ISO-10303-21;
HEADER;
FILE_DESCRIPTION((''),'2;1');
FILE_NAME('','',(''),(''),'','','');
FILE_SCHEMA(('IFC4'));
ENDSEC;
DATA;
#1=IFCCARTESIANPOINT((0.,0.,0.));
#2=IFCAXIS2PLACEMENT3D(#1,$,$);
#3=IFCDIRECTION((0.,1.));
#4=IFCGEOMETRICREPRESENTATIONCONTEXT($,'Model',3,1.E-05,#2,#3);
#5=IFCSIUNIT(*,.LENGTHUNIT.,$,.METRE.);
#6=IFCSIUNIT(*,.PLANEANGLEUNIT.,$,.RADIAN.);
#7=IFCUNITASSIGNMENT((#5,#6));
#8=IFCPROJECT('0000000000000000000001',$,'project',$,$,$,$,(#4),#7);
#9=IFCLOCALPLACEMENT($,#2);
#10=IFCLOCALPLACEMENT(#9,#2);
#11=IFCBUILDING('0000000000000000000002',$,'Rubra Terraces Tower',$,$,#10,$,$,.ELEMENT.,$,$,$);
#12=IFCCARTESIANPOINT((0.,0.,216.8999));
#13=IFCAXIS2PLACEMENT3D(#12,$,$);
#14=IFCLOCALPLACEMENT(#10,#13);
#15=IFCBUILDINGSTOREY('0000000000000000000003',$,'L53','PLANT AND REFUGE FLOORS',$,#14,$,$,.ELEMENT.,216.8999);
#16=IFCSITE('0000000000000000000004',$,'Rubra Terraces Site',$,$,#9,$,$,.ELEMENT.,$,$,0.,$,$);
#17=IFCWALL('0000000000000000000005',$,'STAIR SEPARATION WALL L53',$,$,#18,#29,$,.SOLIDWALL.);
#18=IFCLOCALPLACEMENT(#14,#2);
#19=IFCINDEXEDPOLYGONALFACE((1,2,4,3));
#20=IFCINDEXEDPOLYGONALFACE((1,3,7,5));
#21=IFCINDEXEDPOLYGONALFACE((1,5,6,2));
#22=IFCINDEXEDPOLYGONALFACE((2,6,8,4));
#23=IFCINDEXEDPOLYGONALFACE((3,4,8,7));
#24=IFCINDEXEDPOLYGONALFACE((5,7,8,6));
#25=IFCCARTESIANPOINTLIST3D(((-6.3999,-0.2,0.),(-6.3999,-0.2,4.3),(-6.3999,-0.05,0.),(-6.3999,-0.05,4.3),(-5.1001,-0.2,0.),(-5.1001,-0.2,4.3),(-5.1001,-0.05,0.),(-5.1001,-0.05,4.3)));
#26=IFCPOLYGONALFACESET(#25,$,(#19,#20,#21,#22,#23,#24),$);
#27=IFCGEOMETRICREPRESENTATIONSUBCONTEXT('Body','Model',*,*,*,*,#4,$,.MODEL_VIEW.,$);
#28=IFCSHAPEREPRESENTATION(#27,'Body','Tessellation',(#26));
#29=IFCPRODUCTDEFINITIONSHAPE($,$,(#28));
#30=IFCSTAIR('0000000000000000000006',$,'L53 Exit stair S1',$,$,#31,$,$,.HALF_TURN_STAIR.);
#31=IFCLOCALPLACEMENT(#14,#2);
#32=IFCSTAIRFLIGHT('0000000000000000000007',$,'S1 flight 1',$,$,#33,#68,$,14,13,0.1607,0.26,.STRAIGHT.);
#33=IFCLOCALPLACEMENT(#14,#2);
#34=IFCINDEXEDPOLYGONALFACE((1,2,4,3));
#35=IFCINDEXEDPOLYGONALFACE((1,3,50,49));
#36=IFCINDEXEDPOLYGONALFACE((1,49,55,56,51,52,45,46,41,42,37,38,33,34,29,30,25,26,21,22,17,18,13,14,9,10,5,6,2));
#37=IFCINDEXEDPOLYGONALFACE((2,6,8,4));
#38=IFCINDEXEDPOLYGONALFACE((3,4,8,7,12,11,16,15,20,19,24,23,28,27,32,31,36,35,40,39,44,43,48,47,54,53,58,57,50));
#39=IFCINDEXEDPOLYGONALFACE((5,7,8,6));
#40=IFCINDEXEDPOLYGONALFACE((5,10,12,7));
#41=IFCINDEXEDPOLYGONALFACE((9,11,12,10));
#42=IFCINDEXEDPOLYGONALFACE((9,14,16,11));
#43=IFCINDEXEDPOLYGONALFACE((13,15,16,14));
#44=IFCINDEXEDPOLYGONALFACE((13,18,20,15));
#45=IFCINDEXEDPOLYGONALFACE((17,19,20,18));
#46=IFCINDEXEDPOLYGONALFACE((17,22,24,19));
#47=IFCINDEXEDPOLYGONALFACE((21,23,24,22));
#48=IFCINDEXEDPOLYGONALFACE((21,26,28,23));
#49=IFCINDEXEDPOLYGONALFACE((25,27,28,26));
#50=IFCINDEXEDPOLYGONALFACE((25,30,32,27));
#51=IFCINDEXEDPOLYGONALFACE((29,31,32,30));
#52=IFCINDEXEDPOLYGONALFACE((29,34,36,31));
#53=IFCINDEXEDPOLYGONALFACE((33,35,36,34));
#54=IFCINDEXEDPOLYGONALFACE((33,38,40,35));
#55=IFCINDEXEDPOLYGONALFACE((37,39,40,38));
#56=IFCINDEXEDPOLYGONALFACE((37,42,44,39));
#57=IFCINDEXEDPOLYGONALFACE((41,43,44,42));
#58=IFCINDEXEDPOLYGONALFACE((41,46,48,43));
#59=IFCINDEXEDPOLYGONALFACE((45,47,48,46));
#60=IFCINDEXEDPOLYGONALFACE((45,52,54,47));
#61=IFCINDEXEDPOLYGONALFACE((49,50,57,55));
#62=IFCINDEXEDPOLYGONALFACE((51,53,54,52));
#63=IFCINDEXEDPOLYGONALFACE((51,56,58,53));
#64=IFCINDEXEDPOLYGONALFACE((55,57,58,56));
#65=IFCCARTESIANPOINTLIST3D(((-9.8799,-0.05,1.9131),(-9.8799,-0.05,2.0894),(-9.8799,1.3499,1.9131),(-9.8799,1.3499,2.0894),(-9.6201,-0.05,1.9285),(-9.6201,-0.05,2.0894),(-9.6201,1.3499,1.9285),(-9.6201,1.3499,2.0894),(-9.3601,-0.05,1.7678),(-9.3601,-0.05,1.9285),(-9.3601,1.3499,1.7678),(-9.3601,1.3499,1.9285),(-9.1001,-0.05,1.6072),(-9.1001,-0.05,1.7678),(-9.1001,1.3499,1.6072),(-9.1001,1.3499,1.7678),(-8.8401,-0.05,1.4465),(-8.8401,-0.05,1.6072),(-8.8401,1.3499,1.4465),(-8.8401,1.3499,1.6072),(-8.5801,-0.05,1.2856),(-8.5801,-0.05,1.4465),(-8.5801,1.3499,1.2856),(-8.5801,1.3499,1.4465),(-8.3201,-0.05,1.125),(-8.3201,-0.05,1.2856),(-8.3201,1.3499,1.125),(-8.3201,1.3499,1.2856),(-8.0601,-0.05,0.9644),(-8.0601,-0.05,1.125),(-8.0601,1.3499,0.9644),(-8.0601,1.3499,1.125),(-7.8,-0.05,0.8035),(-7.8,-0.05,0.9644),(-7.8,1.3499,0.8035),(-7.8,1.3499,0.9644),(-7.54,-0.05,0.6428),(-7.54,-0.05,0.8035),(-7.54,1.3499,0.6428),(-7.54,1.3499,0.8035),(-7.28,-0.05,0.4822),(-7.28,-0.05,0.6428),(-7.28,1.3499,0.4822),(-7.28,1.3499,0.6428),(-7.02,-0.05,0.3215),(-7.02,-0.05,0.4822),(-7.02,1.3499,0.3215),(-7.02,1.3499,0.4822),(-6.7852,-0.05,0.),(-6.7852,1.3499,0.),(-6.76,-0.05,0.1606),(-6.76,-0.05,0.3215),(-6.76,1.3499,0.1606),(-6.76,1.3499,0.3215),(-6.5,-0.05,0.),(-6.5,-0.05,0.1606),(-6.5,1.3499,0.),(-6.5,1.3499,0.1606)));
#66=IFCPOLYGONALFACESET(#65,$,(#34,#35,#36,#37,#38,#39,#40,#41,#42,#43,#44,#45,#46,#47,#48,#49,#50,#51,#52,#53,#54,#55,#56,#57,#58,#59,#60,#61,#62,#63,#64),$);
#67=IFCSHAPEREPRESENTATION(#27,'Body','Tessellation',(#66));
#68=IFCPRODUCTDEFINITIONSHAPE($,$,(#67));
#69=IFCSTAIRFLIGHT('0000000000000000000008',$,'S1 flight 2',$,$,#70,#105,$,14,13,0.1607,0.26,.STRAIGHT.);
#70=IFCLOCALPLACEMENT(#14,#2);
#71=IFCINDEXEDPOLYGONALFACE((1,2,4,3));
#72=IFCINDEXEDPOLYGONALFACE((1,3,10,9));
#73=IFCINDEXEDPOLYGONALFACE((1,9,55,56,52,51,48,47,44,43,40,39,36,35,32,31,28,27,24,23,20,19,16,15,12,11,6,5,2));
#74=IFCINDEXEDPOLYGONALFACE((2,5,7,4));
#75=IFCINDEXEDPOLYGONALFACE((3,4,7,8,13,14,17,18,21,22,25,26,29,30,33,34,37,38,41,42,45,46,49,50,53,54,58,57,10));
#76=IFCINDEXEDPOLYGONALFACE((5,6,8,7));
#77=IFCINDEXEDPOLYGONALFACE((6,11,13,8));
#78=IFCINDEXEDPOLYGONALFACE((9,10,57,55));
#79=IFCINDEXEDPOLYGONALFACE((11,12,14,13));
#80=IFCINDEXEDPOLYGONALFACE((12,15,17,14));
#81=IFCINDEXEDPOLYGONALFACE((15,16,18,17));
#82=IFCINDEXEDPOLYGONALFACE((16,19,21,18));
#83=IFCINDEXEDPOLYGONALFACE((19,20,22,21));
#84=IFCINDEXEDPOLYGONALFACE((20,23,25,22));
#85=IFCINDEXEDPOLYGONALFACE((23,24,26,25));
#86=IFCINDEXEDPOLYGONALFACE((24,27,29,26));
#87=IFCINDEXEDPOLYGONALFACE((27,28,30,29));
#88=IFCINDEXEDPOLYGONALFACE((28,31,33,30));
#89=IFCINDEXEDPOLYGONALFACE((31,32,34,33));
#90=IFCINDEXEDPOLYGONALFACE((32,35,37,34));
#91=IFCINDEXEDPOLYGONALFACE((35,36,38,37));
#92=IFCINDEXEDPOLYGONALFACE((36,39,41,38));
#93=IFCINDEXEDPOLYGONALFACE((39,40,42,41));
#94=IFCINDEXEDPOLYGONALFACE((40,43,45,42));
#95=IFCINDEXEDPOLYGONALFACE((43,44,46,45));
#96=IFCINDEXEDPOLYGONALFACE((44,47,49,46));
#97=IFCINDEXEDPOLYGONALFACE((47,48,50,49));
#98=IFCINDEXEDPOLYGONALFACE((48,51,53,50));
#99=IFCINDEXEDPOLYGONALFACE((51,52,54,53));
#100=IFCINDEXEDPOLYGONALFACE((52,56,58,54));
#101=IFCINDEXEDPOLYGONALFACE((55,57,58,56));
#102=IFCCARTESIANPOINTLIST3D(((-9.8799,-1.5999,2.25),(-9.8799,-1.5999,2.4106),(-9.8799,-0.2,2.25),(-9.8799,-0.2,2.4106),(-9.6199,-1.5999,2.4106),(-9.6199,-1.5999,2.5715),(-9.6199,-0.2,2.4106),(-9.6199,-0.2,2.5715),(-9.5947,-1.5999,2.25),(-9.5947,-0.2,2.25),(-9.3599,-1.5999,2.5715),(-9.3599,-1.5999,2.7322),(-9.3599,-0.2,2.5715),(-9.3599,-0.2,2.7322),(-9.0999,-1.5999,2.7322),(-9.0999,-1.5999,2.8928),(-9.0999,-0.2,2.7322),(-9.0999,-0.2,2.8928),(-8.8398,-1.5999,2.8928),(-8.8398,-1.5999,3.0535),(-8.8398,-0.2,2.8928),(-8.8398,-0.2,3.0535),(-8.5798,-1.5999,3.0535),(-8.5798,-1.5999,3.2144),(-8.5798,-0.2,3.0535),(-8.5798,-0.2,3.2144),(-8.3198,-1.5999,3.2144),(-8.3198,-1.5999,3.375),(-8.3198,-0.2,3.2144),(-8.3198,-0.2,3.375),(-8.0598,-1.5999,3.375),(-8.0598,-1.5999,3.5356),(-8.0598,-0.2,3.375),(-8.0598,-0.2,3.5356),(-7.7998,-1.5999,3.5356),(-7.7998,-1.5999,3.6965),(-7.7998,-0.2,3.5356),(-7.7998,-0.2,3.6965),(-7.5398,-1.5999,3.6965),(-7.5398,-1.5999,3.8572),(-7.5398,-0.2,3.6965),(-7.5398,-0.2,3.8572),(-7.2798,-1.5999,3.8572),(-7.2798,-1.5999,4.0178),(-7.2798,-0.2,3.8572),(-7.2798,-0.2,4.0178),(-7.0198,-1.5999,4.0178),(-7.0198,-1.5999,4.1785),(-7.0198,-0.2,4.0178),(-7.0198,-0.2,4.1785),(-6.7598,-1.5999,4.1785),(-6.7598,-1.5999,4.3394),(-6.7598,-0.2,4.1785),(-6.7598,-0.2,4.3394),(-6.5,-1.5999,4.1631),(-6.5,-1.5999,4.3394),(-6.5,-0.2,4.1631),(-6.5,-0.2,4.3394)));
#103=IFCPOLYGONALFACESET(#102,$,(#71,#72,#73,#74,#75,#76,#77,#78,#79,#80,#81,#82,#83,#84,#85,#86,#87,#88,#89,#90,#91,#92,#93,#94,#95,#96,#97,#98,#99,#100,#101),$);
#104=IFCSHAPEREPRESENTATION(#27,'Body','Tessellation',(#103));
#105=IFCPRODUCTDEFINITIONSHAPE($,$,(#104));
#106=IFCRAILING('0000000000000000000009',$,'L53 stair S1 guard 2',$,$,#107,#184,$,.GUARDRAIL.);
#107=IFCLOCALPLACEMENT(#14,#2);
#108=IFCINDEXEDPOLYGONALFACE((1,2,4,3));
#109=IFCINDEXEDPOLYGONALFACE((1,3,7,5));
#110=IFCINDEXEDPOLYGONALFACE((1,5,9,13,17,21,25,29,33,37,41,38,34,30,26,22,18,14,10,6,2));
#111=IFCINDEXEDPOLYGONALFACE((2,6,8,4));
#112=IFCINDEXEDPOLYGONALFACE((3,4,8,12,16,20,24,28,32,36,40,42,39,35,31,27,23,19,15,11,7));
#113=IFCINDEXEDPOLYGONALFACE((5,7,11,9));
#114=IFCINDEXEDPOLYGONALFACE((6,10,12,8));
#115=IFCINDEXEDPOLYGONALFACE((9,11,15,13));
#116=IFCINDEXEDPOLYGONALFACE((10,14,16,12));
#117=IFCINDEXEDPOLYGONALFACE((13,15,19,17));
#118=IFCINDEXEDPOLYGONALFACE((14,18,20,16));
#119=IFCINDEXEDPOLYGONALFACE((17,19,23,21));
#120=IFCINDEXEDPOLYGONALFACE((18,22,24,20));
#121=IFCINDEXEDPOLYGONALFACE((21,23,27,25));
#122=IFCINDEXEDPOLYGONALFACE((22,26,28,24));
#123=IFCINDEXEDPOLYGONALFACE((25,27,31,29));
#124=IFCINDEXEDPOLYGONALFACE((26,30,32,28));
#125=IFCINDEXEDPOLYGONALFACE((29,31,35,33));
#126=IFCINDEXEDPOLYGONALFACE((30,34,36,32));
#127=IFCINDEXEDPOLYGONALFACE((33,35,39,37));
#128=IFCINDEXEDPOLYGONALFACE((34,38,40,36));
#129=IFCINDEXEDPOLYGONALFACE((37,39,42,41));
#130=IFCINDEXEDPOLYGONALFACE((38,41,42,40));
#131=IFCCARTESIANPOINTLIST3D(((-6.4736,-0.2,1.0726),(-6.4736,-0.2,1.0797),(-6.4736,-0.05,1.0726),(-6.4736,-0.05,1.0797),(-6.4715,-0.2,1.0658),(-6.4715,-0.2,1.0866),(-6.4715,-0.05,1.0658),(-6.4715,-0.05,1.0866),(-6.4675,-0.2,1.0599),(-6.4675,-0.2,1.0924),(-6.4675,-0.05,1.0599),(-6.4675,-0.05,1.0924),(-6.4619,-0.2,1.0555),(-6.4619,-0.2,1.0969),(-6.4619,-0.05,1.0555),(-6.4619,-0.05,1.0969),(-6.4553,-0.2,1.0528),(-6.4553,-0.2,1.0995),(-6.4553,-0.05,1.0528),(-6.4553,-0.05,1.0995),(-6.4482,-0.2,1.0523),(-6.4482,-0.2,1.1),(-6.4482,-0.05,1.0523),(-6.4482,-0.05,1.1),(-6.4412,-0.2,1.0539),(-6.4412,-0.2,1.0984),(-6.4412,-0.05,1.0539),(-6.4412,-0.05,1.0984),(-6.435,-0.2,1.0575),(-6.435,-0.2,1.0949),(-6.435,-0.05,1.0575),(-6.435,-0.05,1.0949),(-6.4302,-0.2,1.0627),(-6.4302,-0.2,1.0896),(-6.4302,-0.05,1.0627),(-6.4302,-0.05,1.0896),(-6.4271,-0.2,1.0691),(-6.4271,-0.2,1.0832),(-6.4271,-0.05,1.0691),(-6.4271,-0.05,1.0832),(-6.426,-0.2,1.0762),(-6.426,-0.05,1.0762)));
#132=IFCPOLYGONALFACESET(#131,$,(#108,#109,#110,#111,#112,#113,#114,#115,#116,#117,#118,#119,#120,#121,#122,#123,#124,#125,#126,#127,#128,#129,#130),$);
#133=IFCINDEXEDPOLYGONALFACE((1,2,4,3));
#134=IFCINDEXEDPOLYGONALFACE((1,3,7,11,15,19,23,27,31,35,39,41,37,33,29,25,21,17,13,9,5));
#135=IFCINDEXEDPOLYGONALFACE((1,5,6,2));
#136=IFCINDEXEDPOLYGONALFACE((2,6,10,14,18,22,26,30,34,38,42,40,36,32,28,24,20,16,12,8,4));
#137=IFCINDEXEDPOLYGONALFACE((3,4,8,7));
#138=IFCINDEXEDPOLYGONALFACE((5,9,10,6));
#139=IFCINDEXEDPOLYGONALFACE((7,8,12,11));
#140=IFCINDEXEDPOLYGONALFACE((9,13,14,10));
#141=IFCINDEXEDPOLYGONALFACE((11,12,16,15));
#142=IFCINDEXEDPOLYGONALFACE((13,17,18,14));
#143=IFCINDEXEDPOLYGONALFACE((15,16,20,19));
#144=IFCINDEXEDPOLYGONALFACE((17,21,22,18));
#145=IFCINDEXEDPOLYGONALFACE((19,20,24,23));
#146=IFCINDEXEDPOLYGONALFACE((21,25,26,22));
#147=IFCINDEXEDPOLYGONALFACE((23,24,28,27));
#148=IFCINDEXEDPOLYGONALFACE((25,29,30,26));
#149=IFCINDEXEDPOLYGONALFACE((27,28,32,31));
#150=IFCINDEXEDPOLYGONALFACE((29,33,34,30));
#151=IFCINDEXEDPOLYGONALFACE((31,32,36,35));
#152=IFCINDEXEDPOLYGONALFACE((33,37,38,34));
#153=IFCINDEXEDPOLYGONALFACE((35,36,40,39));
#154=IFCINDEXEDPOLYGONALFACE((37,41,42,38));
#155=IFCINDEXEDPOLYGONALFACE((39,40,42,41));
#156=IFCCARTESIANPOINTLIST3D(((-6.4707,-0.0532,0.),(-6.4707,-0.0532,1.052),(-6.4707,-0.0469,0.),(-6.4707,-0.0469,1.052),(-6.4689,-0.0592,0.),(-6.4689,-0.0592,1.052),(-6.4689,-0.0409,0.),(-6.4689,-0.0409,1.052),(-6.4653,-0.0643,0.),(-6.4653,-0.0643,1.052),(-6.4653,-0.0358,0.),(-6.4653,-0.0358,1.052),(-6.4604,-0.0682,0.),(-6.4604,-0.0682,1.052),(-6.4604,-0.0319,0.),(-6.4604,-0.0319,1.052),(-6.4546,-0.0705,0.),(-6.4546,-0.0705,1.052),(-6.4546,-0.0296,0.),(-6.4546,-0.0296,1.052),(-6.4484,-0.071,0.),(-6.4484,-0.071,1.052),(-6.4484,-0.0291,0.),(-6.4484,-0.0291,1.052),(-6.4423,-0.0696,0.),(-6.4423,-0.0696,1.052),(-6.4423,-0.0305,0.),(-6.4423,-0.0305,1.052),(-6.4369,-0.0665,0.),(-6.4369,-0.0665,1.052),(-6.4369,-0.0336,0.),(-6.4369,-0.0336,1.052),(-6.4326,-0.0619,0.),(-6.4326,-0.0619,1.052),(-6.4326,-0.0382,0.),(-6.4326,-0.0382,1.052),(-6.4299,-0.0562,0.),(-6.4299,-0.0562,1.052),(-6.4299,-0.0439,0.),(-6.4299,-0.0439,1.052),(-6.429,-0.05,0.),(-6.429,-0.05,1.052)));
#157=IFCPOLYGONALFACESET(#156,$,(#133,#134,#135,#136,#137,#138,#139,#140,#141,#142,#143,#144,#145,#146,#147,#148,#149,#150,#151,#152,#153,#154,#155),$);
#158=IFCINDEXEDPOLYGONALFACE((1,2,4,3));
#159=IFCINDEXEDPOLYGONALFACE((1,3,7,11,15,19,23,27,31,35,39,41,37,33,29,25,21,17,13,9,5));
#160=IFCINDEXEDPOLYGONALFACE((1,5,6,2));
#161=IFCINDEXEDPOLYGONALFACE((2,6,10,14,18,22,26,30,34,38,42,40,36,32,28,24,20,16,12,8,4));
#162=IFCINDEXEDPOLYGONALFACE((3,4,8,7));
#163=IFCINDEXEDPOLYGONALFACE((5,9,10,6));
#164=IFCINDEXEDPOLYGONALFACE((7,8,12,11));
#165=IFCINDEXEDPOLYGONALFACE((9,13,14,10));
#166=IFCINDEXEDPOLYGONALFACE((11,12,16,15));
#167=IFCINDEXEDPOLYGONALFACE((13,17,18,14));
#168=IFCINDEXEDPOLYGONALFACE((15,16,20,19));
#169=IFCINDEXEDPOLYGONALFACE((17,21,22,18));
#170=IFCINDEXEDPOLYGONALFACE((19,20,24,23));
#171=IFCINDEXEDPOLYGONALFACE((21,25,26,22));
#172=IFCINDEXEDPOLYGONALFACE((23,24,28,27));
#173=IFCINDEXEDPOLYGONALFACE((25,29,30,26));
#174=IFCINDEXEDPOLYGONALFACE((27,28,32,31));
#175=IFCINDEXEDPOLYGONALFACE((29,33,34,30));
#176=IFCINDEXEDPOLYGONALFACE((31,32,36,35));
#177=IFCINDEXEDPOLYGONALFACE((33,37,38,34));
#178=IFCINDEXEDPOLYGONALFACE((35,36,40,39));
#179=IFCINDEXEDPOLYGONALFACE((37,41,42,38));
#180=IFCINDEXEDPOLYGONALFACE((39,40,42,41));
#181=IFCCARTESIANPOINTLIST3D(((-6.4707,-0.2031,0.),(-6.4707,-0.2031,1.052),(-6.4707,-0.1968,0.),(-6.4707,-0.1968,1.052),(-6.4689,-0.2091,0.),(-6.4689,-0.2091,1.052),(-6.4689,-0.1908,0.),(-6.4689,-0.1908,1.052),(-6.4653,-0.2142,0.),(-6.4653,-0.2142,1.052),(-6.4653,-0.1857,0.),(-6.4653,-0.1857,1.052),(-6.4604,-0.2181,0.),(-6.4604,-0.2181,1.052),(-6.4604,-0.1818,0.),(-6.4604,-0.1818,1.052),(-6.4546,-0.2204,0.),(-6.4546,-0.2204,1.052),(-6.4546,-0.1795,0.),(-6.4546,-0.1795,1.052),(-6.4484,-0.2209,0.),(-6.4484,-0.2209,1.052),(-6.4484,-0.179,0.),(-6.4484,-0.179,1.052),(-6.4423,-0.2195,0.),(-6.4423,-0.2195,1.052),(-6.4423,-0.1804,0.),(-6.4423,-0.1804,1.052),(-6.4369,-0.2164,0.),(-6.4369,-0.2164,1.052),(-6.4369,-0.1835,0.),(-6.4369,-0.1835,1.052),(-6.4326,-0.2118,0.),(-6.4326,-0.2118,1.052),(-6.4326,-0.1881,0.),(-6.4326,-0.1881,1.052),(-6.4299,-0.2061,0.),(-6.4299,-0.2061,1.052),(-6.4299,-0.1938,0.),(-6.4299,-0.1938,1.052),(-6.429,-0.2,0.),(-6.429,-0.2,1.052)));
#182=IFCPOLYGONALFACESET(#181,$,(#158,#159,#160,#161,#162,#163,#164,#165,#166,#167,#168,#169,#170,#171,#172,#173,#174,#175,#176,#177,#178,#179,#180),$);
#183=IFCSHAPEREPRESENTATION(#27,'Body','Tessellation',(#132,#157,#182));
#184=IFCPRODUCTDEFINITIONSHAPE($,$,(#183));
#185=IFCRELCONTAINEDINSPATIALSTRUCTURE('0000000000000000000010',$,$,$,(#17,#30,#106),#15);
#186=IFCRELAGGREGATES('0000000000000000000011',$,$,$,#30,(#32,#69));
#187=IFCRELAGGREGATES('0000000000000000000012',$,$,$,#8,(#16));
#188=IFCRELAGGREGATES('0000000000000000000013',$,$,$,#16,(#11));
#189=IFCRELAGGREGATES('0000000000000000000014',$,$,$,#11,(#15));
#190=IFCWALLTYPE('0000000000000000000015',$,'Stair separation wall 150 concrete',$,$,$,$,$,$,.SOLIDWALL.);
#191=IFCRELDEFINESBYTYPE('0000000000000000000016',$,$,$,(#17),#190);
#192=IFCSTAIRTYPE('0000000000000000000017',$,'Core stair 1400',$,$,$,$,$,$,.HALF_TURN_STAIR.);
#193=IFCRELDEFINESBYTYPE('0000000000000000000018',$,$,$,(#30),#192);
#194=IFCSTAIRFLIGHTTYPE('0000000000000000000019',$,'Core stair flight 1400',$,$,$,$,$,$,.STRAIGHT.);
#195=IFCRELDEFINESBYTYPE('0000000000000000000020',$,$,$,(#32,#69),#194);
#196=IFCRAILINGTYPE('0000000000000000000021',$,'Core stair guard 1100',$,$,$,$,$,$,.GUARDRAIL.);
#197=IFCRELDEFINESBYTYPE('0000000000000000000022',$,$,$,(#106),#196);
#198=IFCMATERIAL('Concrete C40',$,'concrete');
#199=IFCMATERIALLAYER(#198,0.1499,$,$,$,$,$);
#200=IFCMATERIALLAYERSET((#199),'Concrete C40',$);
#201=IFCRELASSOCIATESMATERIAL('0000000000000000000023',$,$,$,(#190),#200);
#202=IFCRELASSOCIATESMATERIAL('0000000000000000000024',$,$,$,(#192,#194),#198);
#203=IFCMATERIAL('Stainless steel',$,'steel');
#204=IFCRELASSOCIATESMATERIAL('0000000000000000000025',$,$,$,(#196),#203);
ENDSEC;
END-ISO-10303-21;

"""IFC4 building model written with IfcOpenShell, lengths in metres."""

from ifc_helpers import new_model, si_unit, direction, frame, frame_2d, origin, origin_2d, place, context, subcontext, project, spatial, polyline, rectangle, circle, outline, extrude, material, layer, layer_set, type_object, element, aggregate, save


model = new_model("IFC4")

# Units and contexts
model_context = context("Model", 3, precision=1e-05, world=origin(), true_north=direction((0.0, 1.0)))
body_context = subcontext(model_context, "Body", "Model", "MODEL_VIEW")
ifc_project = project(units=[si_unit("LENGTHUNIT", "METRE"), si_unit("PLANEANGLEUNIT", "RADIAN")], contexts=[model_context])

# Site, building, storey
site_placement = place(None, origin())
site = spatial("IfcSite", under=ifc_project, at=site_placement, Name="Rubra Terraces Site", CompositionType="ELEMENT", RefElevation=0.0)
building_placement = place(site_placement, origin())
building = spatial("IfcBuilding", under=site, at=building_placement, Name="Rubra Terraces Tower", CompositionType="ELEMENT")
storey_placement = place(building_placement, frame((0.0, 0.0, 216.8999)))
storey = spatial("IfcBuildingStorey", under=building, at=storey_placement, Name="L53", Description="PLANT AND REFUGE FLOORS", CompositionType="ELEMENT", Elevation=216.8999)

# Shared definitions
ifc_material_1 = material(Name="Concrete C40", Category="concrete")

# Wall
ifc_layer_1 = layer(ifc_material_1, 0.1499)
ifc_layer_set_1 = layer_set([ifc_layer_1], Name="Concrete C40")
wall_type_1 = type_object("IfcWallType", Name="Stair separation wall 150 concrete", PredefinedType="SOLIDWALL", material=ifc_layer_set_1)
wall_1_placement = place(storey_placement, frame((-6.3999, -0.125, 0.0), z_axis=(0.0, 0.0, 1.0), x_axis=(1.0, 0.0, 0.0)))
element("IfcWall", 1, at=wall_1_placement, inside=storey, type_object=wall_type_1, Name="STAIR SEPARATION WALL L53", PredefinedType="SOLIDWALL", context=body_context, shape_type="SweptSolid", body=[
    extrude(rectangle(XDim=1.2998, YDim=0.1499, at=frame_2d((0.6499, 0.0))), origin(), (0.0, 0.0, 1.0), 4.3),
])

# Stair, stair flights
stair_type = type_object("IfcStairType", Name="Core stair 1400", PredefinedType="HALF_TURN_STAIR", material=ifc_material_1)
stair_placement = place(storey_placement, origin())
stair = element("IfcStair", 2, at=stair_placement, inside=storey, type_object=stair_type, Name="L53 Exit stair S1", PredefinedType="HALF_TURN_STAIR")
stair_flight_type = type_object("IfcStairFlightType", Name="Core stair flight 1400", PredefinedType="STRAIGHT", material=ifc_material_1)
stair_flight_1_placement = place(storey_placement, frame((-6.5, 0.6499, 0.0), z_axis=(0.0, 0.0, 1.0), x_axis=(-1.0, 0.0, 0.0)))
stair_flight_1 = element("IfcStairFlight", 3, at=stair_flight_1_placement, type_object=stair_flight_type, Name="S1 flight 1", NumberOfRisers=14, NumberOfTreads=13, PredefinedType="STRAIGHT", RiserHeight=0.1607, TreadLength=0.26, context=body_context, shape_type="SweptSolid", body=[
    extrude(outline(polyline([(0.0, 0.0), (0.0, 0.1606), (0.26, 0.1606), (0.26, 0.3215), (0.52, 0.3215), (0.52, 0.4822), (0.78, 0.4822), (0.78, 0.6428), (1.04, 0.6428), (1.04, 0.8035), (1.3, 0.8035), (1.3, 0.9644), (1.5601, 0.9644), (1.5601, 1.125), (1.8201, 1.125), (1.8201, 1.2856), (2.0801, 1.2856), (2.0801, 1.4465), (2.3401, 1.4465), (2.3401, 1.6072), (2.6001, 1.6072), (2.6001, 1.7678), (2.8601, 1.7678), (2.8601, 1.9285), (3.1201, 1.9285), (3.1201, 2.0894), (3.3799, 2.0894), (3.3799, 2.25), (3.3799, 1.9131), (0.2852, 0.0), (0.0, 0.0)])), frame((0.0, 0.7, 0.0), z_axis=(0.0, -1.0, 0.0), x_axis=(1.0, 0.0, 0.0)), (0.0, 0.0, 1.0), 1.3999),
])
stair_flight_2_placement = place(storey_placement, frame((-9.8799, -0.8999, 2.25), z_axis=(0.0, 0.0, 1.0), x_axis=(1.0, 0.0, 0.0)))
stair_flight_2 = element("IfcStairFlight", 4, at=stair_flight_2_placement, type_object=stair_flight_type, Name="S1 flight 2", NumberOfRisers=14, NumberOfTreads=13, PredefinedType="STRAIGHT", RiserHeight=0.1607, TreadLength=0.26, context=body_context, shape_type="SweptSolid", body=[
    extrude(outline(polyline([(0.0, 0.0), (0.0, 0.1606), (0.26, 0.1606), (0.26, 0.3215), (0.52, 0.3215), (0.52, 0.4822), (0.78, 0.4822), (0.78, 0.6428), (1.04, 0.6428), (1.04, 0.8035), (1.3, 0.8035), (1.3, 0.9644), (1.5601, 0.9644), (1.5601, 1.125), (1.8201, 1.125), (1.8201, 1.2856), (2.0801, 1.2856), (2.0801, 1.4465), (2.3401, 1.4465), (2.3401, 1.6072), (2.6001, 1.6072), (2.6001, 1.7678), (2.8601, 1.7678), (2.8601, 1.9285), (3.1201, 1.9285), (3.1201, 2.0894), (3.3799, 2.0894), (3.3799, 2.25), (3.3799, 1.9131), (0.2852, 0.0), (0.0, 0.0)])), frame((0.0, 0.7, 0.0), z_axis=(0.0, -1.0, 0.0), x_axis=(1.0, 0.0, 0.0)), (0.0, 0.0, 1.0), 1.3999),
])
aggregate(stair, [stair_flight_1, stair_flight_2])

# Railing
ifc_material_2 = material(Name="Stainless steel", Category="steel")
railing_type_1 = type_object("IfcRailingType", Name="Core stair guard 1100", PredefinedType="GUARDRAIL", material=ifc_material_2)
railing_1_placement = place(storey_placement, frame((-6.45, -0.05, 0.0)))
element("IfcRailing", 5, at=railing_1_placement, inside=storey, type_object=railing_type_1, Name="L53 stair S1 guard 2", PredefinedType="GUARDRAIL", context=body_context, shape_type="SweptSolid", body=[
    extrude(circle(Radius=0.0239, at=origin_2d()), frame((0.0, 0.0, 1.0762), z_axis=(0.0, -1.0, 0.0), x_axis=(1.0, 0.0, 0.0)), (0.0, 0.0, 1.0), 0.1499),
    extrude(circle(Radius=0.021, at=origin_2d()), origin(), (0.0, 0.0, 1.0), 1.052),
    extrude(circle(Radius=0.021, at=origin_2d()), frame((0.0, -0.1499, 0.0)), (0.0, 0.0, 1.0), 1.052),
])

save(model, "model.ifc")
